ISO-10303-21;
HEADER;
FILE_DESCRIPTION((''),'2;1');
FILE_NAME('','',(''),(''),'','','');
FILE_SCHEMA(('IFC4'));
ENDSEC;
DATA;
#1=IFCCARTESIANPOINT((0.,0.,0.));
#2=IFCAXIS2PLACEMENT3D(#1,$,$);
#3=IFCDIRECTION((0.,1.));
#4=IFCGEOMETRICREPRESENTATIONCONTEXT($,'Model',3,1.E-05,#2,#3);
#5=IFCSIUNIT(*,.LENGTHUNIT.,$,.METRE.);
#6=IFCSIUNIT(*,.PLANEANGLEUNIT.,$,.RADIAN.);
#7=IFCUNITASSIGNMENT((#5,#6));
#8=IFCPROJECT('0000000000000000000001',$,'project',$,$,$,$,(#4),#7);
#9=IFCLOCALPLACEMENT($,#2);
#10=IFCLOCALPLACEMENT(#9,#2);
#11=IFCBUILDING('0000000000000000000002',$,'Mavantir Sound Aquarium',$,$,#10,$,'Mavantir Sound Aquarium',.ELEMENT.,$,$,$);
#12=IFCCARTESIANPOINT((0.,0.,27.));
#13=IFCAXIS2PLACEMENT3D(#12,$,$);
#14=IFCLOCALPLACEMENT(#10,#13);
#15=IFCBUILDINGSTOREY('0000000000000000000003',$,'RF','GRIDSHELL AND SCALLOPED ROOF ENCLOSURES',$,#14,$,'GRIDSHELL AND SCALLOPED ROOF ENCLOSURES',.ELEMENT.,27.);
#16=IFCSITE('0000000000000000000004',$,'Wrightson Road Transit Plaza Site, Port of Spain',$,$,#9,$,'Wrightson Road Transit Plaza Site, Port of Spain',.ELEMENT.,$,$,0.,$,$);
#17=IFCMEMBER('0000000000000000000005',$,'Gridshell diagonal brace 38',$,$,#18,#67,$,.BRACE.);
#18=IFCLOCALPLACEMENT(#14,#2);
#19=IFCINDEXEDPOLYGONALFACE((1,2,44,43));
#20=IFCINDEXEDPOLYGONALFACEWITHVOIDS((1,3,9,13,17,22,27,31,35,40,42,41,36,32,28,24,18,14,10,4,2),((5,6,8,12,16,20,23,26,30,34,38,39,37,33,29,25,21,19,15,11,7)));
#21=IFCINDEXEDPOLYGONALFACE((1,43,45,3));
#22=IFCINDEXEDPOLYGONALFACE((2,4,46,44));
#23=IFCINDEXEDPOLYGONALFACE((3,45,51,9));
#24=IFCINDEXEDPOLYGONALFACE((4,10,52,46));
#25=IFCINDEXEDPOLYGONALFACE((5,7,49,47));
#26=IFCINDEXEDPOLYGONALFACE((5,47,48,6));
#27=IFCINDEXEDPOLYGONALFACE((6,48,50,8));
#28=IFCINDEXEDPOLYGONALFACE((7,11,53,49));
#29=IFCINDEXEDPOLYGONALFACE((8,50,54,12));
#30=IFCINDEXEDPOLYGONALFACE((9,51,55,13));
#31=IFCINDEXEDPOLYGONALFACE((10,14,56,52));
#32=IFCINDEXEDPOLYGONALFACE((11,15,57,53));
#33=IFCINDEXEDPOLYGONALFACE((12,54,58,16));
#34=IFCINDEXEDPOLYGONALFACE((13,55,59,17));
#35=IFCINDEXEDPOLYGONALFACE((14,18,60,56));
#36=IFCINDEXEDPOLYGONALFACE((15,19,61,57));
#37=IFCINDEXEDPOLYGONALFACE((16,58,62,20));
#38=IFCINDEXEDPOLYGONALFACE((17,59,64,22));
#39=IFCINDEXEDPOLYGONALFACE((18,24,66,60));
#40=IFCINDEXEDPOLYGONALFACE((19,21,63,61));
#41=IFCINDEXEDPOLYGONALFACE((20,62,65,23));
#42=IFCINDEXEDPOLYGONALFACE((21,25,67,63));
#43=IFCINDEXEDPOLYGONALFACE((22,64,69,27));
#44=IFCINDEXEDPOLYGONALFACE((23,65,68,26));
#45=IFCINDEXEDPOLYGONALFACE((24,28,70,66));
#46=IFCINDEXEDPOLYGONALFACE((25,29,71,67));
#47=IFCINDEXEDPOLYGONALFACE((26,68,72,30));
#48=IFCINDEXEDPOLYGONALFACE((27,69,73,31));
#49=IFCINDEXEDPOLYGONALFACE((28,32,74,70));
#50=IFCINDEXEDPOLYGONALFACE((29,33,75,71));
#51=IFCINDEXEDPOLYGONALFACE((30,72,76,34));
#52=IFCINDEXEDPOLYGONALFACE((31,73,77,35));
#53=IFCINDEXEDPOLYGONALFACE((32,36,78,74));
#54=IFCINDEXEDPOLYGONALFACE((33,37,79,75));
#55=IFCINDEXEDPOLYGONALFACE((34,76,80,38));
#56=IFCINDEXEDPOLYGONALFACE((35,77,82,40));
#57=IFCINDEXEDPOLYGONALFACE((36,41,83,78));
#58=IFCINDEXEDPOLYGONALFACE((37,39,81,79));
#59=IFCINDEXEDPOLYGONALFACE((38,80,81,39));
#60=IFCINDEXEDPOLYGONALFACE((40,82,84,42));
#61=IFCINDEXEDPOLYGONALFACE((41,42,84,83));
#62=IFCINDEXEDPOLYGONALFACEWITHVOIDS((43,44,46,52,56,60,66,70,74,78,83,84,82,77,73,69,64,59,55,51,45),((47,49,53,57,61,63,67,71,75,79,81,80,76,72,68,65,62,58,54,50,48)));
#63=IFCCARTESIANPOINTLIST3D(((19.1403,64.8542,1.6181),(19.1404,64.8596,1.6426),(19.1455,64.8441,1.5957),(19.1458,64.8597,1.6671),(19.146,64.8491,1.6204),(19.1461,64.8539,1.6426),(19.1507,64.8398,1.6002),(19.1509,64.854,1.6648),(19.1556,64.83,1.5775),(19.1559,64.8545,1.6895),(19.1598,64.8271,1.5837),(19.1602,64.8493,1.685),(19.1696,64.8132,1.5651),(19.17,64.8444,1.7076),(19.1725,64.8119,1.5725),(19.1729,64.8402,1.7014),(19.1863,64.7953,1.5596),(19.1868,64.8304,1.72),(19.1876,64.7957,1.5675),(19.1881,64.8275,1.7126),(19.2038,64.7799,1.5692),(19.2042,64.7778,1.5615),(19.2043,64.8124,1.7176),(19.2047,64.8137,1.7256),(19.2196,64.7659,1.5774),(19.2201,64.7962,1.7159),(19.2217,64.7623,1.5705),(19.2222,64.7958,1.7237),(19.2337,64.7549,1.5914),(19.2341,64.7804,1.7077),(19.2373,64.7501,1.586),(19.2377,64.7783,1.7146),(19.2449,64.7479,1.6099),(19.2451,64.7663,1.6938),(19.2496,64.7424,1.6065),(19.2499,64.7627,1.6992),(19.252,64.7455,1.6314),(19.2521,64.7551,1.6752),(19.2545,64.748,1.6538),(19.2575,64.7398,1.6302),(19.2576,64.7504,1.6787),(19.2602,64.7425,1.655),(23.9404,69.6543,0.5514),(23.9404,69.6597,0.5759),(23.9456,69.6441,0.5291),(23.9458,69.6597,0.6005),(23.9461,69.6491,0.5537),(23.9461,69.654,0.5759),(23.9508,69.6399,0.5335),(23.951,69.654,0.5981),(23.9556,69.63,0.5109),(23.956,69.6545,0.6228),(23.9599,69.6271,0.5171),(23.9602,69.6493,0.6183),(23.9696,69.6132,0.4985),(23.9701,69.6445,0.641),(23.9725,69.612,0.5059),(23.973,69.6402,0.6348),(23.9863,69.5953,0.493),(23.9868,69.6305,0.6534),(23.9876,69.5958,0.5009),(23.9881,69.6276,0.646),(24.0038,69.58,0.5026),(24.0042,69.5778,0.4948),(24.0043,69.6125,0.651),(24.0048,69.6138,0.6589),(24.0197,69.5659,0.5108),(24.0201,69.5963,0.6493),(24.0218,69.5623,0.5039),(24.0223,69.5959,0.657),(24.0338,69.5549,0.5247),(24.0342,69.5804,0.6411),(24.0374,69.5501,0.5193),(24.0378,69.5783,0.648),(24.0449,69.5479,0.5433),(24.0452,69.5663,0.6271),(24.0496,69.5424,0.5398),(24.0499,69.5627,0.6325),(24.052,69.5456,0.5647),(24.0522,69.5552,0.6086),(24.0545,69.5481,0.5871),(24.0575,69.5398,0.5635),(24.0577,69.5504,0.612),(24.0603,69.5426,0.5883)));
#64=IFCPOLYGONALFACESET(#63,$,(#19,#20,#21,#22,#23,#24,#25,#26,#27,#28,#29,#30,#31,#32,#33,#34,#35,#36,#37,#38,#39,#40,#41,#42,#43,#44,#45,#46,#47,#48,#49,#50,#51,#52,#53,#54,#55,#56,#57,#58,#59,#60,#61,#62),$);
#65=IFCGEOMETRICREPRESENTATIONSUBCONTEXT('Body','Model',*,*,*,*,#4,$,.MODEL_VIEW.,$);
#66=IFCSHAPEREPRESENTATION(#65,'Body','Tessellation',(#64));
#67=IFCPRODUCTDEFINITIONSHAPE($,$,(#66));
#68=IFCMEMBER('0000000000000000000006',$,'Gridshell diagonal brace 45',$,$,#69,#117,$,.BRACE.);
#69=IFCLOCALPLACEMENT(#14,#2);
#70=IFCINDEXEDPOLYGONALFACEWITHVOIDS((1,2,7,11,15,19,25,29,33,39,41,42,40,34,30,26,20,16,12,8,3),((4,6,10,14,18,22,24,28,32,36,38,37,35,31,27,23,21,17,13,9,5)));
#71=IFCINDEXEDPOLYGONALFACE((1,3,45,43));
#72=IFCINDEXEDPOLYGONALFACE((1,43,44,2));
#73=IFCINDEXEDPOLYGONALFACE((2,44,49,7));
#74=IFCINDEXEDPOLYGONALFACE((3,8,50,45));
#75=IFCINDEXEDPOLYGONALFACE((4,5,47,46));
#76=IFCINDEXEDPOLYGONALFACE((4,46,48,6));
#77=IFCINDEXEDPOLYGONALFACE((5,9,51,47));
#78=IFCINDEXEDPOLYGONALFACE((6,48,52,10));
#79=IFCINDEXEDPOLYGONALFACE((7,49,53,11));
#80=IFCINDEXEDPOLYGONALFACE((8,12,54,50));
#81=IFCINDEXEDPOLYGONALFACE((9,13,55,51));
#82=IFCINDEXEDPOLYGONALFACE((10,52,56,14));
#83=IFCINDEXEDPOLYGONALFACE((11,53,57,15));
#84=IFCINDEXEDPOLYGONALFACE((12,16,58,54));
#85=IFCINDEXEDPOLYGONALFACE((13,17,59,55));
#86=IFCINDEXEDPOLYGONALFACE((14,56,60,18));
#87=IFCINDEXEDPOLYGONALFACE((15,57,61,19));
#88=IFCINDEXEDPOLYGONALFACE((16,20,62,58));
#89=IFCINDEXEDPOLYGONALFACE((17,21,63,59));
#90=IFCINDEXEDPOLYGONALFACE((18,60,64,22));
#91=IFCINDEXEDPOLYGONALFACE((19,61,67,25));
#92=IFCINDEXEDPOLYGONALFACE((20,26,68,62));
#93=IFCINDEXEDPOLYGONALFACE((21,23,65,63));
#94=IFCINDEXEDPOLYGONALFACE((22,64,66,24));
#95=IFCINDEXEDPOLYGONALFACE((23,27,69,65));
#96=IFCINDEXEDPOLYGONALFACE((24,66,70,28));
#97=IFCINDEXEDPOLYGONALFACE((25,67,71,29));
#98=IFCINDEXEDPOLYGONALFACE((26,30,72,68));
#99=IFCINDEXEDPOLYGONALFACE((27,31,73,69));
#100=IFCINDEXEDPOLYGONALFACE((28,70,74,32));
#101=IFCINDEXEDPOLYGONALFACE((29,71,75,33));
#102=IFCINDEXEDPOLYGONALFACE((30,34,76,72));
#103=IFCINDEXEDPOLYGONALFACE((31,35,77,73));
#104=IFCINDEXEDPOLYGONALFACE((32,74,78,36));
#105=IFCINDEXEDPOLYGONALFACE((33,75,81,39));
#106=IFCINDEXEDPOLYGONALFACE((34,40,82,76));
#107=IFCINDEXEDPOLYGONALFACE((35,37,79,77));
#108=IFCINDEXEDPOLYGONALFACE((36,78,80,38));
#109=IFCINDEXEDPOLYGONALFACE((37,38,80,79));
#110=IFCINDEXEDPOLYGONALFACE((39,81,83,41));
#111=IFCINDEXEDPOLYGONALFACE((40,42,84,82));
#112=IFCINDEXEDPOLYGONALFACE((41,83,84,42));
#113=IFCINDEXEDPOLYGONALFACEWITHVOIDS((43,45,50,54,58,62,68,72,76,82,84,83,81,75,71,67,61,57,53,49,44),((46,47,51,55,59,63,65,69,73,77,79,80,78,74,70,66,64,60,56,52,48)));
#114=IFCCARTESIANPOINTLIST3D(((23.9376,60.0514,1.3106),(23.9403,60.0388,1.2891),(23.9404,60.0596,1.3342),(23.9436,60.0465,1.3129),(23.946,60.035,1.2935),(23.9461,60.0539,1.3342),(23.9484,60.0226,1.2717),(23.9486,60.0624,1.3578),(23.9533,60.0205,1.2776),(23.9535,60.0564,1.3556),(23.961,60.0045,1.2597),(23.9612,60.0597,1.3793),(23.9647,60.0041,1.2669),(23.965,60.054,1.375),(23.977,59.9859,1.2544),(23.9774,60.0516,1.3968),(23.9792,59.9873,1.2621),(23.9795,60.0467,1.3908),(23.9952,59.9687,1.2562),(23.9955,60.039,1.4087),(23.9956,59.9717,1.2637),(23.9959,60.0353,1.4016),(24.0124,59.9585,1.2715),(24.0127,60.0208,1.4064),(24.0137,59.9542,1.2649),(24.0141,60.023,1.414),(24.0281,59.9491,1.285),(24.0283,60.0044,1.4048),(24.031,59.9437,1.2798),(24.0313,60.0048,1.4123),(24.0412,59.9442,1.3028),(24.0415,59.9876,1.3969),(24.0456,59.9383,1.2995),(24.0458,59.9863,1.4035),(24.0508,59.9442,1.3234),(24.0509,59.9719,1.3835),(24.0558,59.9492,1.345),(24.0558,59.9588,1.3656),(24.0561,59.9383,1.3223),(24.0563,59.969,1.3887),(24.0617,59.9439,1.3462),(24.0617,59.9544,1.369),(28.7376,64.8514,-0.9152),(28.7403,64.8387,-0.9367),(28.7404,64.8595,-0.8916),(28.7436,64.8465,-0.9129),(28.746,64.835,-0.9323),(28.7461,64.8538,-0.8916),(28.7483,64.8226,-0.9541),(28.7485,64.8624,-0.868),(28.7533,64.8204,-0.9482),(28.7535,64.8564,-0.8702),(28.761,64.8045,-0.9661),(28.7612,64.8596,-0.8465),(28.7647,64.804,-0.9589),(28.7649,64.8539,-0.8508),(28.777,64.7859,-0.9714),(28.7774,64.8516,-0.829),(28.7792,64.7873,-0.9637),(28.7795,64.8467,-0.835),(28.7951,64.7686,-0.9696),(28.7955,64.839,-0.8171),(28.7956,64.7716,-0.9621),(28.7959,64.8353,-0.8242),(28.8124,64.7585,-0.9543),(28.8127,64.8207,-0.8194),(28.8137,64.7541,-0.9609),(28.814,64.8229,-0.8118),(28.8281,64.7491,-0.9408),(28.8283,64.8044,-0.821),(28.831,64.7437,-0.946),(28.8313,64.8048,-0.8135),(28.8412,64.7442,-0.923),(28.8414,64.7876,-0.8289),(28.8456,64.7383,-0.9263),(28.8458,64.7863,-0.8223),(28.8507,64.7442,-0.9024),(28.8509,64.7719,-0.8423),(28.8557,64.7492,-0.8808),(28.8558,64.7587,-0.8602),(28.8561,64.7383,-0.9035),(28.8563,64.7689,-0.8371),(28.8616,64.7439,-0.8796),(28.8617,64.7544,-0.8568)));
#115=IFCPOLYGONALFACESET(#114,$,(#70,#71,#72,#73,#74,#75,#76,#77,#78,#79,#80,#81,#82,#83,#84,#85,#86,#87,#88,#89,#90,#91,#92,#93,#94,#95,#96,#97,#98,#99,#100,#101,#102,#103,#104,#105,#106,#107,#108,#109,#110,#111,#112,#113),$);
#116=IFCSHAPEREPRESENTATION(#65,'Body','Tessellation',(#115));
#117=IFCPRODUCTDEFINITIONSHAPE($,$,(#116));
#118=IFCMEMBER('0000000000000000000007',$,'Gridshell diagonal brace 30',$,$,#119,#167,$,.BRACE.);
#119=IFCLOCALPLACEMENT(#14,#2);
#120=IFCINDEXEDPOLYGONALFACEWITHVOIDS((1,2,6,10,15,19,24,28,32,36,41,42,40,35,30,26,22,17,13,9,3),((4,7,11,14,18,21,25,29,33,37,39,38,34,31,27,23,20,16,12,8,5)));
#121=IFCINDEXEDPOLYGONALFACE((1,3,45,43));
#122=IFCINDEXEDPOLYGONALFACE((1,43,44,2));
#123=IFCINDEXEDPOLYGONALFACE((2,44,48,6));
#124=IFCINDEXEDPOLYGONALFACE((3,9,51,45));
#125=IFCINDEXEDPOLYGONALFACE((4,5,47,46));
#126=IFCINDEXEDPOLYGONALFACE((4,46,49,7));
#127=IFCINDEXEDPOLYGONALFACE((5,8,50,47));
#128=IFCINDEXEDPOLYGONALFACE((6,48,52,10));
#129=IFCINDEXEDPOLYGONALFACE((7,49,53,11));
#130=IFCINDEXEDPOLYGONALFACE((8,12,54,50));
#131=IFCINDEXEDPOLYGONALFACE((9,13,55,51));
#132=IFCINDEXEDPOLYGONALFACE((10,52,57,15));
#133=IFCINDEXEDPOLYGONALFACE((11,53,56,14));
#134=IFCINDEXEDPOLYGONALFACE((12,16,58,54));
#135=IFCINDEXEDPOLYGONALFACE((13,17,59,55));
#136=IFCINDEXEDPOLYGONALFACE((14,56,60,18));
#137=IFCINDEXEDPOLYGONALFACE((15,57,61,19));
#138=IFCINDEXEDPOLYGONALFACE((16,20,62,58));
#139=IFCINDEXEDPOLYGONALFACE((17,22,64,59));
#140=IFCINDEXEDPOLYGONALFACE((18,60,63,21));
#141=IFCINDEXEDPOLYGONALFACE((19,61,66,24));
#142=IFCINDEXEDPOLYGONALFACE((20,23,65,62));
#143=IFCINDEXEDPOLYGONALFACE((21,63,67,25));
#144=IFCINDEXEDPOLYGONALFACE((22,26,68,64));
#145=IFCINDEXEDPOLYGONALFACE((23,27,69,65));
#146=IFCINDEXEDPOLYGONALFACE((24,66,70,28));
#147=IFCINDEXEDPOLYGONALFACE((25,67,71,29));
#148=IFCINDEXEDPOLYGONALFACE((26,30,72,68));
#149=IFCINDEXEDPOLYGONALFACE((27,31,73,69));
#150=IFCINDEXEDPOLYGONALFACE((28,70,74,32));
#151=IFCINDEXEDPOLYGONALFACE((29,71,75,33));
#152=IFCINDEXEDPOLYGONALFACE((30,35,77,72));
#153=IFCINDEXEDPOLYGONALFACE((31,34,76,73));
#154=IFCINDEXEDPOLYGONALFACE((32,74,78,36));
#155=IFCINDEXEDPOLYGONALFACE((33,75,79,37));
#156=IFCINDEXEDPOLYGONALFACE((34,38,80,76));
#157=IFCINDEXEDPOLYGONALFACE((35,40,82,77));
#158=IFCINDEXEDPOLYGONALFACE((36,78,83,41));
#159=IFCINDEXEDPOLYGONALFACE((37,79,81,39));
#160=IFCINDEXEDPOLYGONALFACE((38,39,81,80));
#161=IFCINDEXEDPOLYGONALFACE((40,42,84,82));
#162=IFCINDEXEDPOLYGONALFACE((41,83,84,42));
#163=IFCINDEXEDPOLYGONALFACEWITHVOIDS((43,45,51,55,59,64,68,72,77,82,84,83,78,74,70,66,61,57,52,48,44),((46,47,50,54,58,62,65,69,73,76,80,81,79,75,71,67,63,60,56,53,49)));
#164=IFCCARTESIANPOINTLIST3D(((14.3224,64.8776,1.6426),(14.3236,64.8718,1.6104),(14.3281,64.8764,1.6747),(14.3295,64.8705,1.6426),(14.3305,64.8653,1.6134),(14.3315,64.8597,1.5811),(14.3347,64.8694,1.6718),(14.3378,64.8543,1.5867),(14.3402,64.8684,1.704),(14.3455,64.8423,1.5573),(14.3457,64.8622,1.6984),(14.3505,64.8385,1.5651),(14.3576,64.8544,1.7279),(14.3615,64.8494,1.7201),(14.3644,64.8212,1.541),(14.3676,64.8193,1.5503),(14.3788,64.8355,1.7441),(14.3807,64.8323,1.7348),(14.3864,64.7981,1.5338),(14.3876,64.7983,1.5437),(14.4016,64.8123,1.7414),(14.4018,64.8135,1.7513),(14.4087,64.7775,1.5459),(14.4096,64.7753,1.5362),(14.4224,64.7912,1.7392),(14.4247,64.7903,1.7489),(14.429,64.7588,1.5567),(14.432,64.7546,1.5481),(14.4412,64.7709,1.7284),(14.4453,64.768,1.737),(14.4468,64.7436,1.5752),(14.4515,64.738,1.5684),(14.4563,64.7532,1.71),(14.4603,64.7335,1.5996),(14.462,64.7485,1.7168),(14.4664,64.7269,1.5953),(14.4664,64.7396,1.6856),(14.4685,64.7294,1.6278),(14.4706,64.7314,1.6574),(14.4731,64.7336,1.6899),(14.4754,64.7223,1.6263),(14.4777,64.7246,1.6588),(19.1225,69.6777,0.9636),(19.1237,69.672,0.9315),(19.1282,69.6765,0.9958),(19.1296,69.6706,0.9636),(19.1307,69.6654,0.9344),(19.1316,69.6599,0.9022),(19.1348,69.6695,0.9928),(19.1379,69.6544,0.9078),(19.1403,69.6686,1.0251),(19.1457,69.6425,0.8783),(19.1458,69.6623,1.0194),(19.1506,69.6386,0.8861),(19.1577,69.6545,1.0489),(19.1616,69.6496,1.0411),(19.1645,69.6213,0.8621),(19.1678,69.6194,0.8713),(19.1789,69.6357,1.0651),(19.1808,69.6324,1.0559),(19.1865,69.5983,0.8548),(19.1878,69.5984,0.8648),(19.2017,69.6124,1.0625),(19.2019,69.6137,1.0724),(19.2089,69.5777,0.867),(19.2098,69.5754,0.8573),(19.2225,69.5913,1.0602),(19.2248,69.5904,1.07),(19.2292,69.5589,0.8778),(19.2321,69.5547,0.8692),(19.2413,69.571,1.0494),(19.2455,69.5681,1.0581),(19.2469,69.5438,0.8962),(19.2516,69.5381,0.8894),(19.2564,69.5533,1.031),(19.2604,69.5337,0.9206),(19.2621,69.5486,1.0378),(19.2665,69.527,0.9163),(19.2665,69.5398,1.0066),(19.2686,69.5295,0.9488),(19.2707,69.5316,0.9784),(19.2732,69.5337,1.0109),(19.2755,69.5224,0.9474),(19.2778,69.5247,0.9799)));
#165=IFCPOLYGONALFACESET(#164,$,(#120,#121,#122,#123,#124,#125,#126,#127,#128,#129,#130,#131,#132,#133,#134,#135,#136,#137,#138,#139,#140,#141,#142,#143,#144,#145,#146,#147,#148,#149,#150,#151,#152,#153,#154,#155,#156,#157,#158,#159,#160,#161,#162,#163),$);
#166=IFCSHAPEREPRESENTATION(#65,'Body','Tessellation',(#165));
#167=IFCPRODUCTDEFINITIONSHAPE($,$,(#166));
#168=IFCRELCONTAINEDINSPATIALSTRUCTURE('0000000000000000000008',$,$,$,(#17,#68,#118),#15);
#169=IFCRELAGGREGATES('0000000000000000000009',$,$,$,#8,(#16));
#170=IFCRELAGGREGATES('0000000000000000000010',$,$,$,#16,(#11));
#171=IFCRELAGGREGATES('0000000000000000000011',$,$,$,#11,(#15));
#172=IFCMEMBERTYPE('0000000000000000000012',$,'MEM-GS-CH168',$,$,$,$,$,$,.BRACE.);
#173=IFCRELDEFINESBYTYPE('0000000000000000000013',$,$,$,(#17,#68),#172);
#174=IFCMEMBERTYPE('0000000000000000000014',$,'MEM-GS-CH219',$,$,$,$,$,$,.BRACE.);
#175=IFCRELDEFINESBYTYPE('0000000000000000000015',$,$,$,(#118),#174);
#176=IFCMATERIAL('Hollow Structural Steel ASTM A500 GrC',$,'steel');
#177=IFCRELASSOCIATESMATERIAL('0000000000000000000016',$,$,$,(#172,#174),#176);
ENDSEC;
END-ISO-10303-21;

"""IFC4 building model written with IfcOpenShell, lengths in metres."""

from ifc_helpers import new_model, si_unit, direction, frame, origin, origin_2d, place, context, subcontext, project, spatial, hollow_circle, extrude, material, material_profile, profile_set, type_object, element, save


model = new_model("IFC4")

# Units and contexts
model_context = context("Model", 3, precision=1e-05, world=origin(), true_north=direction((0.0, 1.0)))
body_context = subcontext(model_context, "Body", "Model", "MODEL_VIEW")
ifc_project = project(units=[si_unit("LENGTHUNIT", "METRE"), si_unit("PLANEANGLEUNIT", "RADIAN")], contexts=[model_context])

# Site, building, storey
site_placement = place(None, origin())
site = spatial("IfcSite", under=ifc_project, at=site_placement, Name="Wrightson Road Transit Plaza Site, Port of Spain", LongName="Wrightson Road Transit Plaza Site, Port of Spain", CompositionType="ELEMENT", RefElevation=0.0)
building_placement = place(site_placement, origin())
building = spatial("IfcBuilding", under=site, at=building_placement, Name="Mavantir Sound Aquarium", LongName="Mavantir Sound Aquarium", CompositionType="ELEMENT")
storey_placement = place(building_placement, frame((0.0, 0.0, 27.0)))
storey = spatial("IfcBuildingStorey", under=building, at=storey_placement, Name="RF", Description="GRIDSHELL AND SCALLOPED ROOF ENCLOSURES", LongName="GRIDSHELL AND SCALLOPED ROOF ENCLOSURES", CompositionType="ELEMENT", Elevation=27.0)

# Members
ifc_material_1 = material(Name="Hollow Structural Steel ASTM A500 GrC", Category="steel")
ifc_material_profile_1 = material_profile(ifc_material_1, hollow_circle(Radius=0.0842, WallThickness=0.0081, at=origin_2d()), Name="CHS 168.3X8")
ifc_profile_set_1 = profile_set([ifc_material_profile_1], Name="Hollow Structural Steel ASTM A500 GrC")
member_type_1 = type_object("IfcMemberType", Name="MEM-GS-CH168", PredefinedType="BRACE", material=ifc_profile_set_1)
member_1_placement = place(storey_placement, frame((19.2, 64.8, 1.6426), z_axis=(0.698536, 0.698536, -0.155226), x_axis=(-0.707107, 0.707107, 0.0)))
element("IfcMember", 1, at=member_1_placement, inside=storey, type_object=member_type_1, Name="Gridshell diagonal brace 38", PredefinedType="BRACE", context=body_context, shape_type="SweptSolid", body=[
    extrude(hollow_circle(Radius=0.0842, WallThickness=0.0081, at=origin_2d()), origin(), (0.0, 0.0, 1.0), 6.8716),
])
member_2_placement = place(storey_placement, frame((24.0, 60.0, 1.3342), z_axis=(0.671909, 0.671909, -0.311571), x_axis=(-0.707107, 0.707107, 0.0)))
element("IfcMember", 2, at=member_2_placement, inside=storey, type_object=member_type_1, Name="Gridshell diagonal brace 45", PredefinedType="BRACE", context=body_context, shape_type="SweptSolid", body=[
    extrude(hollow_circle(Radius=0.0842, WallThickness=0.0081, at=origin_2d()), origin(), (0.0, 0.0, 1.0), 7.1438),
])
ifc_material_profile_2 = material_profile(ifc_material_1, hollow_circle(Radius=0.1096, WallThickness=0.01, at=origin_2d()), Name="CHS 219.1X10")
ifc_profile_set_2 = profile_set([ifc_material_profile_2], Name="Hollow Structural Steel ASTM A500 GrC")
member_type_2 = type_object("IfcMemberType", Name="MEM-GS-CH219", PredefinedType="BRACE", material=ifc_profile_set_2)
member_3_placement = place(storey_placement, frame((14.3999, 64.8, 1.6426), z_axis=(0.703596, 0.703596, -0.099522), x_axis=(-0.707107, 0.707107, 0.0)))
element("IfcMember", 3, at=member_3_placement, inside=storey, type_object=member_type_2, Name="Gridshell diagonal brace 30", PredefinedType="BRACE", context=body_context, shape_type="SweptSolid", body=[
    extrude(hollow_circle(Radius=0.1096, WallThickness=0.01, at=origin_2d()), origin(), (0.0, 0.0, 1.0), 6.8223),
])

save(model, "model.ifc")
